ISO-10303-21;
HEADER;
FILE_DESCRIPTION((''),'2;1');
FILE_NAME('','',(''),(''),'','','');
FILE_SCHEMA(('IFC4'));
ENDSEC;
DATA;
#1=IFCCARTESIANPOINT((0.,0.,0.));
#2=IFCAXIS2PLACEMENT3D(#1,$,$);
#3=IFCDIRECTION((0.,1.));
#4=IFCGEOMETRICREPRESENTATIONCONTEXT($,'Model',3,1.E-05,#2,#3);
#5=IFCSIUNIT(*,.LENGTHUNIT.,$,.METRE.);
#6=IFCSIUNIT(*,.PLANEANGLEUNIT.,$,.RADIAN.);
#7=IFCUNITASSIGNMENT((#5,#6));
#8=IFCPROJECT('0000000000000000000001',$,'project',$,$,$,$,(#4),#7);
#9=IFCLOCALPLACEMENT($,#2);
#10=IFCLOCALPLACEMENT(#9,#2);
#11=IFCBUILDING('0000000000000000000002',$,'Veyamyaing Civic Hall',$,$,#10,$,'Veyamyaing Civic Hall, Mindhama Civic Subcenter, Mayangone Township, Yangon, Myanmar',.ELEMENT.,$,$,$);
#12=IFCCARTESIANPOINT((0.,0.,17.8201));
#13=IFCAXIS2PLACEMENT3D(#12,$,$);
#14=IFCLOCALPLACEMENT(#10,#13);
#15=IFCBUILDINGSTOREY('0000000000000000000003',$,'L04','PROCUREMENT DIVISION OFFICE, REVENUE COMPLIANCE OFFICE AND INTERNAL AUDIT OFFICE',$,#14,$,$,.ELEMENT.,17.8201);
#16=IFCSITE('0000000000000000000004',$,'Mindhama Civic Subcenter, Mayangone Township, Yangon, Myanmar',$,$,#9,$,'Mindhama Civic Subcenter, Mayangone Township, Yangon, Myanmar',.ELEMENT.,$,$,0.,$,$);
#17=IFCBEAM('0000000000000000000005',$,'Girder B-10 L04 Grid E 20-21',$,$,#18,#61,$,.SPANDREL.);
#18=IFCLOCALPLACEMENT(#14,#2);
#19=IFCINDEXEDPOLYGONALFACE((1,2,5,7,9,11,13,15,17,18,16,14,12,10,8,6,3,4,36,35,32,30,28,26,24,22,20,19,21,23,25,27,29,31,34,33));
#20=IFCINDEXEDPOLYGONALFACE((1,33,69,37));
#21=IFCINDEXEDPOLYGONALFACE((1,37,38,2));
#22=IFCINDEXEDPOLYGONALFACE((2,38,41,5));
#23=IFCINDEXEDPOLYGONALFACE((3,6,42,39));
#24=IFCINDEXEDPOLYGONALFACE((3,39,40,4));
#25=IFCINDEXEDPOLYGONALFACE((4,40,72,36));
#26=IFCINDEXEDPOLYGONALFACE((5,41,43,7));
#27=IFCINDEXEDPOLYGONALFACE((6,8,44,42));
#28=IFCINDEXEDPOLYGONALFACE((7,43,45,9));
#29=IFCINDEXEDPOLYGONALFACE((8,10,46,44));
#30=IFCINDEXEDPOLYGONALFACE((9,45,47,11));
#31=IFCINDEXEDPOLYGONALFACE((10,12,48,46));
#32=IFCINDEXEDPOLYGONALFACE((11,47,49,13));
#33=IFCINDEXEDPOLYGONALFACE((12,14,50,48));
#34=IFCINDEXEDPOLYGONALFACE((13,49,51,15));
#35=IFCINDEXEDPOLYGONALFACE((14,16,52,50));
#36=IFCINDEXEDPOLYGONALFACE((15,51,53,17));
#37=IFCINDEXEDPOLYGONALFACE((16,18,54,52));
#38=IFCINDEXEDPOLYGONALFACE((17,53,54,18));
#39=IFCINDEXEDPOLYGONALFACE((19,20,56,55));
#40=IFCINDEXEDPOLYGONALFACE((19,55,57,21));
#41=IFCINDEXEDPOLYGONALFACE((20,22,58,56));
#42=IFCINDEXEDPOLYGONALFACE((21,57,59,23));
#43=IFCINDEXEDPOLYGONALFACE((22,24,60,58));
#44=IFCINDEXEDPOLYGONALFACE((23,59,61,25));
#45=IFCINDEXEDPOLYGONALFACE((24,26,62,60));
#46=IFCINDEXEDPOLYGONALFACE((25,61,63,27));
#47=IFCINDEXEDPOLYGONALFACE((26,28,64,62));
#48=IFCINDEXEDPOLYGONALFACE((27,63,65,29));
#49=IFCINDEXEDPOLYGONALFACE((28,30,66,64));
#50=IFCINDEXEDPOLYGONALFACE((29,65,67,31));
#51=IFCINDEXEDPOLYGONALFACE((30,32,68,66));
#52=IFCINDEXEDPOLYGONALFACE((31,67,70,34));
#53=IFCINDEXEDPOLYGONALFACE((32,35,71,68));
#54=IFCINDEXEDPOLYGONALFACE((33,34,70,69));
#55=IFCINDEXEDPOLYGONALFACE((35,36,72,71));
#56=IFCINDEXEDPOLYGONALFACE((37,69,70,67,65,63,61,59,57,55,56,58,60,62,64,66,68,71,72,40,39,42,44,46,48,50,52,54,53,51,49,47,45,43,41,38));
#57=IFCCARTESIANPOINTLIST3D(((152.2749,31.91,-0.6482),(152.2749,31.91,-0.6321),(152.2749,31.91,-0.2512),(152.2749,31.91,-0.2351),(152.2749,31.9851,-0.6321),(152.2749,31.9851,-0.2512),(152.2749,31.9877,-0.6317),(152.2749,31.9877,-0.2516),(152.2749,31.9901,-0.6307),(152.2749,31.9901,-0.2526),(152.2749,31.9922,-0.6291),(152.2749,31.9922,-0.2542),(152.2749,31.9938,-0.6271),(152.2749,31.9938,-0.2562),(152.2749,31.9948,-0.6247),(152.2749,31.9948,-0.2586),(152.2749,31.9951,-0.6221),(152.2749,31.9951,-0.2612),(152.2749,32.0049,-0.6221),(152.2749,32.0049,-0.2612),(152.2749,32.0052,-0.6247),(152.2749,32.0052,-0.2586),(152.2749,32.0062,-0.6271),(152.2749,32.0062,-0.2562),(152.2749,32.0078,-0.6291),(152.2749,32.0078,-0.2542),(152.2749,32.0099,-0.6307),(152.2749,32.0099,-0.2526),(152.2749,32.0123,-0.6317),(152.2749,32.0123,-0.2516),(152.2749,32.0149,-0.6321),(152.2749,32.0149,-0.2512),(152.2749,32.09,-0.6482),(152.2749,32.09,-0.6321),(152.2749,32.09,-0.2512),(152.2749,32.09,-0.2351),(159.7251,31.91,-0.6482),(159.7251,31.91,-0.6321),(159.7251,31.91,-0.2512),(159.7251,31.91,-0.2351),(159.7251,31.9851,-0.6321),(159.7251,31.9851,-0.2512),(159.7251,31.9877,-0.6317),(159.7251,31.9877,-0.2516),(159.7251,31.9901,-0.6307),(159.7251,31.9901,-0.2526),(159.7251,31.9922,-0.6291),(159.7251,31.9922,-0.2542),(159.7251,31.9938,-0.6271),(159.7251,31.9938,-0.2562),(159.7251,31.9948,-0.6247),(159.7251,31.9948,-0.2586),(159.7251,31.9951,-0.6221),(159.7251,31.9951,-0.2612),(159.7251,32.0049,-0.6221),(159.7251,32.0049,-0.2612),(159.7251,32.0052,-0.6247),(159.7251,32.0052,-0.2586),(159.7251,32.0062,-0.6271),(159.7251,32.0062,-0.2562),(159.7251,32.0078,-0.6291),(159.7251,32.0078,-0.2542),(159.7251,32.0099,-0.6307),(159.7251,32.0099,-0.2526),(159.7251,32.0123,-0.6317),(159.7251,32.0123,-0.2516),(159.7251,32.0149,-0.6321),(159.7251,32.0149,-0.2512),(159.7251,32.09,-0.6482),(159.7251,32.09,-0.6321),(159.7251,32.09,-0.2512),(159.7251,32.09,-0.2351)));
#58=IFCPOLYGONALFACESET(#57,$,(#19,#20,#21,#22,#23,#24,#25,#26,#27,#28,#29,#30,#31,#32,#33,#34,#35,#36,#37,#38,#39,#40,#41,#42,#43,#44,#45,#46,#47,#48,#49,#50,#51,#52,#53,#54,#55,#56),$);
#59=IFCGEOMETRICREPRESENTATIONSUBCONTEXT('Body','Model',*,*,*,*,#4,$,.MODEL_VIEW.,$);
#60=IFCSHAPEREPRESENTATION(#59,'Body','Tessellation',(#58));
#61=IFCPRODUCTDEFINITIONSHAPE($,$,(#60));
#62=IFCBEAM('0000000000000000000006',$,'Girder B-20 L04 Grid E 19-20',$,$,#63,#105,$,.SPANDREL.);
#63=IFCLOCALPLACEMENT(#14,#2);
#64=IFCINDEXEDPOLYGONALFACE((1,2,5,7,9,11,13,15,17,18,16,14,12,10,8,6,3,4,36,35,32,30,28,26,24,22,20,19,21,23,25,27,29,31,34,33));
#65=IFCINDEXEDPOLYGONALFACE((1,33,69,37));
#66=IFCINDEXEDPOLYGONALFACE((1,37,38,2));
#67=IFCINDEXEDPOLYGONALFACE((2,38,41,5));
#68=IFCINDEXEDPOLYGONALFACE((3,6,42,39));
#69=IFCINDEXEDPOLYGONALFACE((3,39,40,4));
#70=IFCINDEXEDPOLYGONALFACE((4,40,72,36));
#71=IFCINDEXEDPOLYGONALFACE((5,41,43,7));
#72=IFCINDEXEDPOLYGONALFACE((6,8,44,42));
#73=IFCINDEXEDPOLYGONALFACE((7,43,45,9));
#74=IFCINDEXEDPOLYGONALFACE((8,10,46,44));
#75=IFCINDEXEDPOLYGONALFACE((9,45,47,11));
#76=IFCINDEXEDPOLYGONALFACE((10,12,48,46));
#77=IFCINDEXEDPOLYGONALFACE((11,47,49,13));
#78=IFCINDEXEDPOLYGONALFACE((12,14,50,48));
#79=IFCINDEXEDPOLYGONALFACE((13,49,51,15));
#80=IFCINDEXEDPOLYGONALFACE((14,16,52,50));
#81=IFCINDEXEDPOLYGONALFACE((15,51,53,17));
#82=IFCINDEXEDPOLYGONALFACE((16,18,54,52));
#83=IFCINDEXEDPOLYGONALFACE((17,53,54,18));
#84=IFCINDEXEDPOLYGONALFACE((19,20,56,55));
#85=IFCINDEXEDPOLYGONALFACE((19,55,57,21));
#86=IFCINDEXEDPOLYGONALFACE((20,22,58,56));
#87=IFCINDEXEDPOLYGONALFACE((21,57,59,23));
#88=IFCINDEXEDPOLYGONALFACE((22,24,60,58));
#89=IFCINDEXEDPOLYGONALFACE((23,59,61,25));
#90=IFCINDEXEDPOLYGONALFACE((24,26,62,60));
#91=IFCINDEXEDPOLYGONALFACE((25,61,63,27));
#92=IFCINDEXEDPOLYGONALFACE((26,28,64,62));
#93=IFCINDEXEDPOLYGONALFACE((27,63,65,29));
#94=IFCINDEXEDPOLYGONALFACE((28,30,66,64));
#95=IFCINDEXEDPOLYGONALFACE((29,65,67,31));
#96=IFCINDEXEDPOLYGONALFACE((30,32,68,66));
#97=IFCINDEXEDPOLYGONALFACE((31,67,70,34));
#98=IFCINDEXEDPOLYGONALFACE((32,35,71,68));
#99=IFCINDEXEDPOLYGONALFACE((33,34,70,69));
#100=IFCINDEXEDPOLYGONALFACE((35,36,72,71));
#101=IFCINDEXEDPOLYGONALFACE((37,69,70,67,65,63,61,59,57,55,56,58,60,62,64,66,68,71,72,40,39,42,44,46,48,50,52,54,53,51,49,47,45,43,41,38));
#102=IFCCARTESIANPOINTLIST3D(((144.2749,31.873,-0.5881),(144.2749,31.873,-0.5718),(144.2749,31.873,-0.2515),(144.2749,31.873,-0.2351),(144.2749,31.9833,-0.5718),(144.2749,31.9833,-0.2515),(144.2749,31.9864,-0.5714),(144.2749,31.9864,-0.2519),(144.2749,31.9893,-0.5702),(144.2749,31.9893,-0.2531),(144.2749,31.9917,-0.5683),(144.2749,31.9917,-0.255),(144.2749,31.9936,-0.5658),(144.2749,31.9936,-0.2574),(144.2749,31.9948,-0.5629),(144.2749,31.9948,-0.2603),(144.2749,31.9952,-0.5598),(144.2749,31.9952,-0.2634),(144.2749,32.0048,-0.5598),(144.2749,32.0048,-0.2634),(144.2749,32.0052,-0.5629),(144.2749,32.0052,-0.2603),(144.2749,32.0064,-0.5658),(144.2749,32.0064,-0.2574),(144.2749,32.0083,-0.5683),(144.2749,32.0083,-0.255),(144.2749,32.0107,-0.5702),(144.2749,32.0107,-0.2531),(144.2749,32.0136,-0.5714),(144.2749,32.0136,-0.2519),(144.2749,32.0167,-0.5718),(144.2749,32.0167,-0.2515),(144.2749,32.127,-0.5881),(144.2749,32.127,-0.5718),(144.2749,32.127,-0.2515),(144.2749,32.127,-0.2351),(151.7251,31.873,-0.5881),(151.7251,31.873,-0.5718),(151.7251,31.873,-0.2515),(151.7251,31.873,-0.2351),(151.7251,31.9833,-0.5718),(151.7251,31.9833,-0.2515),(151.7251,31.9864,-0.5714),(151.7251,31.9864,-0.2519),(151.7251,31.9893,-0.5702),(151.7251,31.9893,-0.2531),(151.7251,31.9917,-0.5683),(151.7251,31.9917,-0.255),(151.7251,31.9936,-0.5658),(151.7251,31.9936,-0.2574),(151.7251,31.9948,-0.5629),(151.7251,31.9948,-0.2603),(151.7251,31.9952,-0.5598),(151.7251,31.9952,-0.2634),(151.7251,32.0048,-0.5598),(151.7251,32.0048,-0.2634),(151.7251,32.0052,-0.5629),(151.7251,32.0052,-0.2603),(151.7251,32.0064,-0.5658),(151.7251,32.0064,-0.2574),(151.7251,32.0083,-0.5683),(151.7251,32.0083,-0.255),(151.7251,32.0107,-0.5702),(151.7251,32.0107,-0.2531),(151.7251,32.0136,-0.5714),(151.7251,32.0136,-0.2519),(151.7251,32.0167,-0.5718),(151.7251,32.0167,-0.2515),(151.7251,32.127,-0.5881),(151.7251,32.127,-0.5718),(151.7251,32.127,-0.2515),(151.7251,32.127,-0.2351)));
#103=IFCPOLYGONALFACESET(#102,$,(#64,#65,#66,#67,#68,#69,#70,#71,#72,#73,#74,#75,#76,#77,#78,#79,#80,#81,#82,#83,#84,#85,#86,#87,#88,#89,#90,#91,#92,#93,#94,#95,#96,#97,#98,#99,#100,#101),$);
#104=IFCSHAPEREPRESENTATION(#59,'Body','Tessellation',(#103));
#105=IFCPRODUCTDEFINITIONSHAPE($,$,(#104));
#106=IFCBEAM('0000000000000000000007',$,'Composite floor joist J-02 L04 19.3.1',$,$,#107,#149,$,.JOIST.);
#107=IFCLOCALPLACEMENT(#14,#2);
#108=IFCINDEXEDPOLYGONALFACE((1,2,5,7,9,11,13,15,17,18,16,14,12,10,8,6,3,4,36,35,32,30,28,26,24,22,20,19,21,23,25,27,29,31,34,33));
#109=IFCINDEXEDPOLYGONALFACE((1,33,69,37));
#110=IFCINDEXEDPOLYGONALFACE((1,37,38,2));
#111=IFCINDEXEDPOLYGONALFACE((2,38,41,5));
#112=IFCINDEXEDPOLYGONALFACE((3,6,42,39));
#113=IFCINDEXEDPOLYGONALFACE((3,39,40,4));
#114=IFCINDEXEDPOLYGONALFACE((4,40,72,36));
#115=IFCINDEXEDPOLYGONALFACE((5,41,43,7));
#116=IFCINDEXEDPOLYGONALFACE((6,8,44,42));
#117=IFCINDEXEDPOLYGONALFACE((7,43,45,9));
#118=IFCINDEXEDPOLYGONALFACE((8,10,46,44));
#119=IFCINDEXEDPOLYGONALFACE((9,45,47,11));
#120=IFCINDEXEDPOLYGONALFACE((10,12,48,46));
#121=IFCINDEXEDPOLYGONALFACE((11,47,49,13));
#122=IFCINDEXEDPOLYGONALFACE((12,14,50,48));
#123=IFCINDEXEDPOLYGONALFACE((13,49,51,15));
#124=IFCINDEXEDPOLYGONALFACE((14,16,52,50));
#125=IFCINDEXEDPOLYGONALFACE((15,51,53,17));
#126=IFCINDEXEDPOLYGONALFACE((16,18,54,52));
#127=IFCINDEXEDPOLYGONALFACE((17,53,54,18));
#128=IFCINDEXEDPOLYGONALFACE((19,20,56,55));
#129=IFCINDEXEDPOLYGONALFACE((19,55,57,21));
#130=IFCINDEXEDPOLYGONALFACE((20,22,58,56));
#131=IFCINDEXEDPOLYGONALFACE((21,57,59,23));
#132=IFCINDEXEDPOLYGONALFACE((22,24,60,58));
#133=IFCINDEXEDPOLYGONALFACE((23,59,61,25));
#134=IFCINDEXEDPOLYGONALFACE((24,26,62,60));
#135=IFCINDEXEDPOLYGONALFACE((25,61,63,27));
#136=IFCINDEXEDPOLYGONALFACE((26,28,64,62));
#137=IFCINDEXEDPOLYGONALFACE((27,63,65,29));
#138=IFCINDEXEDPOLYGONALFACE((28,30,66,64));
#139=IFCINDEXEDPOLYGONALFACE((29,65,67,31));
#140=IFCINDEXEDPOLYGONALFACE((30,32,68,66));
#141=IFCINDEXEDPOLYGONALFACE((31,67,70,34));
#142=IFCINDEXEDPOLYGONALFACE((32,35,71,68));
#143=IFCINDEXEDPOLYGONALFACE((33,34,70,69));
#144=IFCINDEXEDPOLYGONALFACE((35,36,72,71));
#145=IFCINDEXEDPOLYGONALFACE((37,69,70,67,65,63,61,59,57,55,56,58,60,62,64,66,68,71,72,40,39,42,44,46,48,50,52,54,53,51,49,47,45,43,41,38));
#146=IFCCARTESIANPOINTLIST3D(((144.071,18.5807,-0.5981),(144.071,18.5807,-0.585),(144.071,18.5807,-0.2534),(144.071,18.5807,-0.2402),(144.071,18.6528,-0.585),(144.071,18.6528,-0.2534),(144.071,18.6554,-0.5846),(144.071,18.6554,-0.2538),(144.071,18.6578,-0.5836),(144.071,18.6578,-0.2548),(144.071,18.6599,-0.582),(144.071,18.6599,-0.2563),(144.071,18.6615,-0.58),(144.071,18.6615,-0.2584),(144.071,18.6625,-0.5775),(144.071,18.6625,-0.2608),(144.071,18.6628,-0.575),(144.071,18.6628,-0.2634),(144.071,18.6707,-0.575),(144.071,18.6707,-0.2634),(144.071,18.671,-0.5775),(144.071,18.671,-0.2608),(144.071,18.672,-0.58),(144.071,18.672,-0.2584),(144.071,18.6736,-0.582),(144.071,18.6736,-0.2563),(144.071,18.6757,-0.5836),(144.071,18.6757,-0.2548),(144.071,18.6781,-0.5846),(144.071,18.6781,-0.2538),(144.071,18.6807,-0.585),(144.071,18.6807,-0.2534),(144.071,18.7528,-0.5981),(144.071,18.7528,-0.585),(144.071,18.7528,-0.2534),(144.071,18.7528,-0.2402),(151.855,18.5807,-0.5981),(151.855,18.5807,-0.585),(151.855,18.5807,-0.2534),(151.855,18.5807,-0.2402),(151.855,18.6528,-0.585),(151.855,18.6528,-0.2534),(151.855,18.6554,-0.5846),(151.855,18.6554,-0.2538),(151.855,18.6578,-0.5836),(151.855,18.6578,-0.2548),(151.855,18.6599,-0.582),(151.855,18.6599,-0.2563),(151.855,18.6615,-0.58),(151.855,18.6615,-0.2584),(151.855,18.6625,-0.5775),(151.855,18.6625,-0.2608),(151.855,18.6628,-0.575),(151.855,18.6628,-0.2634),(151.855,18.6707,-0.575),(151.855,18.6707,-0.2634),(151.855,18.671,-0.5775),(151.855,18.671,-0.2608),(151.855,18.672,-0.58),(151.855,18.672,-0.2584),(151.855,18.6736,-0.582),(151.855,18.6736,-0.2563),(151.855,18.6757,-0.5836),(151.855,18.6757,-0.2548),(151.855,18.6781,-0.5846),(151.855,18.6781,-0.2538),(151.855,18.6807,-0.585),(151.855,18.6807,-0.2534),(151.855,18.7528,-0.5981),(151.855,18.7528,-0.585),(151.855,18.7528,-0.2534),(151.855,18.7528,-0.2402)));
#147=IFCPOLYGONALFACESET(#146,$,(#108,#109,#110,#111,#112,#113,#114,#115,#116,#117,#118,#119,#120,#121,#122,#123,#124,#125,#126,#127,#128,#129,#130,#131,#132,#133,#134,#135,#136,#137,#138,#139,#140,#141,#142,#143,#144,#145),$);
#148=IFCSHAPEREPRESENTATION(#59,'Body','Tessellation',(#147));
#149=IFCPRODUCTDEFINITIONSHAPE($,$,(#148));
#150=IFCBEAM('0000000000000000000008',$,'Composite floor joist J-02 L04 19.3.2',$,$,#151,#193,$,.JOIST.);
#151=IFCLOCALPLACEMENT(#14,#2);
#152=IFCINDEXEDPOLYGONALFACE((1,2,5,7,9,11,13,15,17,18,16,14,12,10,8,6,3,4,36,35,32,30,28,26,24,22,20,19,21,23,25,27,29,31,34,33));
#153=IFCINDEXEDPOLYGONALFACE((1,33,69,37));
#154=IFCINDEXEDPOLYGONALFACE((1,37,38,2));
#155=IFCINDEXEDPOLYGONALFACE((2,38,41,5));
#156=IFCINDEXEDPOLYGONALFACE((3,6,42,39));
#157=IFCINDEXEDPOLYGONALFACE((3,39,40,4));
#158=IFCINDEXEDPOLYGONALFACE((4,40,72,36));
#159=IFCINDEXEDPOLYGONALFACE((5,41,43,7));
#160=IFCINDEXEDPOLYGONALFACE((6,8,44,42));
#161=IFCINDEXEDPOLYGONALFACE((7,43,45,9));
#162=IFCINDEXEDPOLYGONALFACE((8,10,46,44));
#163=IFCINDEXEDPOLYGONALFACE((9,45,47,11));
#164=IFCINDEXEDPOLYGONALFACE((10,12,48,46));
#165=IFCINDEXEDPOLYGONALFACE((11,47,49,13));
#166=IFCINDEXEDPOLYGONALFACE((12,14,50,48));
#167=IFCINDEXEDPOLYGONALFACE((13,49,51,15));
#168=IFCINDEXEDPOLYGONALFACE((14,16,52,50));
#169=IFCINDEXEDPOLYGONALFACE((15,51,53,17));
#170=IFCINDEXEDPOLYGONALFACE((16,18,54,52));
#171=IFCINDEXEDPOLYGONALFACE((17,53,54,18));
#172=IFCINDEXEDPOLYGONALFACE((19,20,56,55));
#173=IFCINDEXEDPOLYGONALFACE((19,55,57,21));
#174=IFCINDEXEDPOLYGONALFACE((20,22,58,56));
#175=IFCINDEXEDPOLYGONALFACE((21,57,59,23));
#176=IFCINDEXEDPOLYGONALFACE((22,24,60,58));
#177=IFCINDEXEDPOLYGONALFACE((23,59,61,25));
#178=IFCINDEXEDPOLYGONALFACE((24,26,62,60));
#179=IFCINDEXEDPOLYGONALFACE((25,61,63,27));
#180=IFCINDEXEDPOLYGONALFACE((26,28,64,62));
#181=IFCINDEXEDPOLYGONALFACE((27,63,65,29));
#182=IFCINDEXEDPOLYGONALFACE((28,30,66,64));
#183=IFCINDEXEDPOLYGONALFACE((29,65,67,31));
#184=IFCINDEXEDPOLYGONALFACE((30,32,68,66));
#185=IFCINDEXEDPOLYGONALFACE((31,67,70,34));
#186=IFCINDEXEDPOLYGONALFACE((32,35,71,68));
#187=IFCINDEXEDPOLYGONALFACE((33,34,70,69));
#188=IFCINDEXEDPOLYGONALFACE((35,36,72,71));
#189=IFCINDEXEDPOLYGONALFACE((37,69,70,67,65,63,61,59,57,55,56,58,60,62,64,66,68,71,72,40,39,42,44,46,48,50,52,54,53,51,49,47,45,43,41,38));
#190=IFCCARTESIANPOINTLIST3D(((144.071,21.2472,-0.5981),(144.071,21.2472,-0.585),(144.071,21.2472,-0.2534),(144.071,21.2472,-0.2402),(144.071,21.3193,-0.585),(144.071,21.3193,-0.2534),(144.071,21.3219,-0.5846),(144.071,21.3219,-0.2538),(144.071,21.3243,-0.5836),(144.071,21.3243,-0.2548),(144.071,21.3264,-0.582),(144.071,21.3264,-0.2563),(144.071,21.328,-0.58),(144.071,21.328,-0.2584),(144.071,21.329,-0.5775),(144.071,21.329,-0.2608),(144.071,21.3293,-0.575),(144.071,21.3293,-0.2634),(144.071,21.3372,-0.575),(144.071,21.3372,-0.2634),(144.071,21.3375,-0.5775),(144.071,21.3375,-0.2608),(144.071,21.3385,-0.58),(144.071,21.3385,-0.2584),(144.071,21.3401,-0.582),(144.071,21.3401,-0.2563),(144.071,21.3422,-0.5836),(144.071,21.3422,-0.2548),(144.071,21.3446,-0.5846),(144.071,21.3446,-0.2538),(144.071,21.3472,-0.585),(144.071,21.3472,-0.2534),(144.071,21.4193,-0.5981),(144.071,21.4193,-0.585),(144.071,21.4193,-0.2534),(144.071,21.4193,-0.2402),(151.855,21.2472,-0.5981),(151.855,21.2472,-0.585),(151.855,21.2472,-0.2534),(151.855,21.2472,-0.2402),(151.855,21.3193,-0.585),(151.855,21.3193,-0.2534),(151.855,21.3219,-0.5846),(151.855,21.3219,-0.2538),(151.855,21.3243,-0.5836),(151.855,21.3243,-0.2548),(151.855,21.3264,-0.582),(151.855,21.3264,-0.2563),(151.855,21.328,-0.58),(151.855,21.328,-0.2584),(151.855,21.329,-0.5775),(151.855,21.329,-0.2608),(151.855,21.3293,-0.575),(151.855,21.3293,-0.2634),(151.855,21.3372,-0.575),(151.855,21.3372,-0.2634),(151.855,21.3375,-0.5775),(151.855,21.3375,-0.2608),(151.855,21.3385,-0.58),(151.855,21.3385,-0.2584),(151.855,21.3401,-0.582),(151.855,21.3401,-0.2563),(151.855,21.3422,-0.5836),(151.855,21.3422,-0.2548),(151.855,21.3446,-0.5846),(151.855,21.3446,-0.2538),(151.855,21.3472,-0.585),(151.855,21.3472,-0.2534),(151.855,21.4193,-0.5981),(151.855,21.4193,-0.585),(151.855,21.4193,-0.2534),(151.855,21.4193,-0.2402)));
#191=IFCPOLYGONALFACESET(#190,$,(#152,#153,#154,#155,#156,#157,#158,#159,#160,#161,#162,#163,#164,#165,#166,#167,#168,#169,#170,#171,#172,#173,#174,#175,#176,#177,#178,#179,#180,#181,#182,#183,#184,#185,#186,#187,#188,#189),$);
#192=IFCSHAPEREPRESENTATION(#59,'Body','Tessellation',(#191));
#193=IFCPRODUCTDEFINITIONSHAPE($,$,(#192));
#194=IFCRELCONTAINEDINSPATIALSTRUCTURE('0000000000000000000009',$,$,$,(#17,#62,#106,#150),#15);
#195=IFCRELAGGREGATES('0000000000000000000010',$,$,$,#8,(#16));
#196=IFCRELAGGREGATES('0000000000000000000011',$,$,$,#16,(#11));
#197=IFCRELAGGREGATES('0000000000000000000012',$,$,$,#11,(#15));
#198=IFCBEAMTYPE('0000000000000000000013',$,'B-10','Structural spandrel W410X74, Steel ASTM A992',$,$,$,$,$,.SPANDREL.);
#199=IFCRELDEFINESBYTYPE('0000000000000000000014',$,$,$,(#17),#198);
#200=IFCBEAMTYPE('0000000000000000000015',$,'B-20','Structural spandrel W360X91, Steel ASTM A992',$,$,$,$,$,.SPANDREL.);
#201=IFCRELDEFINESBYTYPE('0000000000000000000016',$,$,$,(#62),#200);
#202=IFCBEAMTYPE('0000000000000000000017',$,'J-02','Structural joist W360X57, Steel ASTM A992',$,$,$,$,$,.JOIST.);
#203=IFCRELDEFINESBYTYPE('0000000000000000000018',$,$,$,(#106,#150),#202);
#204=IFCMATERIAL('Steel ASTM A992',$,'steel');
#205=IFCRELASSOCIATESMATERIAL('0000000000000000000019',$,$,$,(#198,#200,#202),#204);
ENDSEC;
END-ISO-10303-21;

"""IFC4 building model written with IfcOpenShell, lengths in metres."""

from ifc_helpers import new_model, si_unit, direction, frame, origin, origin_2d, place, context, subcontext, project, spatial, i_section, extrude, material, material_profile, profile_set, type_object, element, save


model = new_model("IFC4")

# Units and contexts
model_context = context("Model", 3, precision=1e-05, world=origin(), true_north=direction((0.0, 1.0)))
body_context = subcontext(model_context, "Body", "Model", "MODEL_VIEW")
ifc_project = project(units=[si_unit("LENGTHUNIT", "METRE"), si_unit("PLANEANGLEUNIT", "RADIAN")], contexts=[model_context])

# Site, building, storey
site_placement = place(None, origin())
site = spatial("IfcSite", under=ifc_project, at=site_placement, Name="Mindhama Civic Subcenter, Mayangone Township, Yangon, Myanmar", LongName="Mindhama Civic Subcenter, Mayangone Township, Yangon, Myanmar", CompositionType="ELEMENT", RefElevation=0.0)
building_placement = place(site_placement, origin())
building = spatial("IfcBuilding", under=site, at=building_placement, Name="Veyamyaing Civic Hall", LongName="Veyamyaing Civic Hall, Mindhama Civic Subcenter, Mayangone Township, Yangon, Myanmar", CompositionType="ELEMENT")
storey_placement = place(building_placement, frame((0.0, 0.0, 17.8201)))
storey = spatial("IfcBuildingStorey", under=building, at=storey_placement, Name="L04", Description="PROCUREMENT DIVISION OFFICE, REVENUE COMPLIANCE OFFICE AND INTERNAL AUDIT OFFICE", CompositionType="ELEMENT", Elevation=17.8201)

# Beams
ifc_material_1 = material(Name="Steel ASTM A992", Category="steel")
ifc_material_profile_1 = material_profile(ifc_material_1, i_section(OverallWidth=0.1799, OverallDepth=0.4131, WebThickness=0.0098, FlangeThickness=0.0161, FilletRadius=0.01, at=origin_2d()), Name="W410X74")
ifc_profile_set_1 = profile_set([ifc_material_profile_1], Name="Steel ASTM A992")
beam_type_1 = type_object("IfcBeamType", Name="B-10", Description="Structural spandrel W410X74, Steel ASTM A992", PredefinedType="SPANDREL", material=ifc_profile_set_1)
beam_1_placement = place(storey_placement, frame((152.2749, 32.0, -0.4417), z_axis=(1.0, 0.0, 0.0), x_axis=(0.0, 1.0, 0.0)))
element("IfcBeam", 1, at=beam_1_placement, inside=storey, type_object=beam_type_1, Name="Girder B-10 L04 Grid E 20-21", PredefinedType="SPANDREL", context=body_context, shape_type="SweptSolid", body=[
    extrude(i_section(OverallWidth=0.1799, OverallDepth=0.4131, WebThickness=0.0098, FlangeThickness=0.0161, FilletRadius=0.01, at=origin_2d()), origin(), (0.0, 0.0, 1.0), 7.4502),
])
ifc_material_profile_2 = material_profile(ifc_material_1, i_section(OverallWidth=0.2539, OverallDepth=0.353, WebThickness=0.0095, FlangeThickness=0.0164, FilletRadius=0.012, at=origin_2d()), Name="W360X91")
ifc_profile_set_2 = profile_set([ifc_material_profile_2], Name="Steel ASTM A992")
beam_type_2 = type_object("IfcBeamType", Name="B-20", Description="Structural spandrel W360X91, Steel ASTM A992", PredefinedType="SPANDREL", material=ifc_profile_set_2)
beam_2_placement = place(storey_placement, frame((144.2749, 32.0, -0.4116), z_axis=(1.0, 0.0, 0.0), x_axis=(0.0, 1.0, 0.0)))
element("IfcBeam", 2, at=beam_2_placement, inside=storey, type_object=beam_type_2, Name="Girder B-20 L04 Grid E 19-20", PredefinedType="SPANDREL", context=body_context, shape_type="SweptSolid", body=[
    extrude(i_section(OverallWidth=0.2539, OverallDepth=0.353, WebThickness=0.0095, FlangeThickness=0.0164, FilletRadius=0.012, at=origin_2d()), origin(), (0.0, 0.0, 1.0), 7.4502),
])
ifc_material_profile_3 = material_profile(ifc_material_1, i_section(OverallWidth=0.1721, OverallDepth=0.3579, WebThickness=0.0078, FlangeThickness=0.0132, FilletRadius=0.01, at=origin_2d()), Name="W360X57")
ifc_profile_set_3 = profile_set([ifc_material_profile_3], Name="Steel ASTM A992")
beam_type_3 = type_object("IfcBeamType", Name="J-02", Description="Structural joist W360X57, Steel ASTM A992", PredefinedType="JOIST", material=ifc_profile_set_3)
for number, where, z_axis, x_axis, name in (
    (3, (144.071, 18.6667, -0.4192), (1.0, 0.0, 0.0), (0.0, 1.0, 0.0), "Composite floor joist J-02 L04 19.3.1"),
    (4, (144.071, 21.3333, -0.4192), (1.0, 0.0, 0.0), (0.0, 1.0, 0.0), "Composite floor joist J-02 L04 19.3.2"),
):
    element("IfcBeam", number, at=place(storey_placement, frame(where, z_axis=z_axis, x_axis=x_axis)), inside=storey, type_object=beam_type_3, Name=name, PredefinedType="JOIST", context=body_context, shape_type="SweptSolid", body=[
        extrude(i_section(OverallWidth=0.1721, OverallDepth=0.3579, WebThickness=0.0078, FlangeThickness=0.0132, FilletRadius=0.01, at=origin_2d()), origin(), (0.0, 0.0, 1.0), 7.7839),
    ])

save(model, "model.ifc")
